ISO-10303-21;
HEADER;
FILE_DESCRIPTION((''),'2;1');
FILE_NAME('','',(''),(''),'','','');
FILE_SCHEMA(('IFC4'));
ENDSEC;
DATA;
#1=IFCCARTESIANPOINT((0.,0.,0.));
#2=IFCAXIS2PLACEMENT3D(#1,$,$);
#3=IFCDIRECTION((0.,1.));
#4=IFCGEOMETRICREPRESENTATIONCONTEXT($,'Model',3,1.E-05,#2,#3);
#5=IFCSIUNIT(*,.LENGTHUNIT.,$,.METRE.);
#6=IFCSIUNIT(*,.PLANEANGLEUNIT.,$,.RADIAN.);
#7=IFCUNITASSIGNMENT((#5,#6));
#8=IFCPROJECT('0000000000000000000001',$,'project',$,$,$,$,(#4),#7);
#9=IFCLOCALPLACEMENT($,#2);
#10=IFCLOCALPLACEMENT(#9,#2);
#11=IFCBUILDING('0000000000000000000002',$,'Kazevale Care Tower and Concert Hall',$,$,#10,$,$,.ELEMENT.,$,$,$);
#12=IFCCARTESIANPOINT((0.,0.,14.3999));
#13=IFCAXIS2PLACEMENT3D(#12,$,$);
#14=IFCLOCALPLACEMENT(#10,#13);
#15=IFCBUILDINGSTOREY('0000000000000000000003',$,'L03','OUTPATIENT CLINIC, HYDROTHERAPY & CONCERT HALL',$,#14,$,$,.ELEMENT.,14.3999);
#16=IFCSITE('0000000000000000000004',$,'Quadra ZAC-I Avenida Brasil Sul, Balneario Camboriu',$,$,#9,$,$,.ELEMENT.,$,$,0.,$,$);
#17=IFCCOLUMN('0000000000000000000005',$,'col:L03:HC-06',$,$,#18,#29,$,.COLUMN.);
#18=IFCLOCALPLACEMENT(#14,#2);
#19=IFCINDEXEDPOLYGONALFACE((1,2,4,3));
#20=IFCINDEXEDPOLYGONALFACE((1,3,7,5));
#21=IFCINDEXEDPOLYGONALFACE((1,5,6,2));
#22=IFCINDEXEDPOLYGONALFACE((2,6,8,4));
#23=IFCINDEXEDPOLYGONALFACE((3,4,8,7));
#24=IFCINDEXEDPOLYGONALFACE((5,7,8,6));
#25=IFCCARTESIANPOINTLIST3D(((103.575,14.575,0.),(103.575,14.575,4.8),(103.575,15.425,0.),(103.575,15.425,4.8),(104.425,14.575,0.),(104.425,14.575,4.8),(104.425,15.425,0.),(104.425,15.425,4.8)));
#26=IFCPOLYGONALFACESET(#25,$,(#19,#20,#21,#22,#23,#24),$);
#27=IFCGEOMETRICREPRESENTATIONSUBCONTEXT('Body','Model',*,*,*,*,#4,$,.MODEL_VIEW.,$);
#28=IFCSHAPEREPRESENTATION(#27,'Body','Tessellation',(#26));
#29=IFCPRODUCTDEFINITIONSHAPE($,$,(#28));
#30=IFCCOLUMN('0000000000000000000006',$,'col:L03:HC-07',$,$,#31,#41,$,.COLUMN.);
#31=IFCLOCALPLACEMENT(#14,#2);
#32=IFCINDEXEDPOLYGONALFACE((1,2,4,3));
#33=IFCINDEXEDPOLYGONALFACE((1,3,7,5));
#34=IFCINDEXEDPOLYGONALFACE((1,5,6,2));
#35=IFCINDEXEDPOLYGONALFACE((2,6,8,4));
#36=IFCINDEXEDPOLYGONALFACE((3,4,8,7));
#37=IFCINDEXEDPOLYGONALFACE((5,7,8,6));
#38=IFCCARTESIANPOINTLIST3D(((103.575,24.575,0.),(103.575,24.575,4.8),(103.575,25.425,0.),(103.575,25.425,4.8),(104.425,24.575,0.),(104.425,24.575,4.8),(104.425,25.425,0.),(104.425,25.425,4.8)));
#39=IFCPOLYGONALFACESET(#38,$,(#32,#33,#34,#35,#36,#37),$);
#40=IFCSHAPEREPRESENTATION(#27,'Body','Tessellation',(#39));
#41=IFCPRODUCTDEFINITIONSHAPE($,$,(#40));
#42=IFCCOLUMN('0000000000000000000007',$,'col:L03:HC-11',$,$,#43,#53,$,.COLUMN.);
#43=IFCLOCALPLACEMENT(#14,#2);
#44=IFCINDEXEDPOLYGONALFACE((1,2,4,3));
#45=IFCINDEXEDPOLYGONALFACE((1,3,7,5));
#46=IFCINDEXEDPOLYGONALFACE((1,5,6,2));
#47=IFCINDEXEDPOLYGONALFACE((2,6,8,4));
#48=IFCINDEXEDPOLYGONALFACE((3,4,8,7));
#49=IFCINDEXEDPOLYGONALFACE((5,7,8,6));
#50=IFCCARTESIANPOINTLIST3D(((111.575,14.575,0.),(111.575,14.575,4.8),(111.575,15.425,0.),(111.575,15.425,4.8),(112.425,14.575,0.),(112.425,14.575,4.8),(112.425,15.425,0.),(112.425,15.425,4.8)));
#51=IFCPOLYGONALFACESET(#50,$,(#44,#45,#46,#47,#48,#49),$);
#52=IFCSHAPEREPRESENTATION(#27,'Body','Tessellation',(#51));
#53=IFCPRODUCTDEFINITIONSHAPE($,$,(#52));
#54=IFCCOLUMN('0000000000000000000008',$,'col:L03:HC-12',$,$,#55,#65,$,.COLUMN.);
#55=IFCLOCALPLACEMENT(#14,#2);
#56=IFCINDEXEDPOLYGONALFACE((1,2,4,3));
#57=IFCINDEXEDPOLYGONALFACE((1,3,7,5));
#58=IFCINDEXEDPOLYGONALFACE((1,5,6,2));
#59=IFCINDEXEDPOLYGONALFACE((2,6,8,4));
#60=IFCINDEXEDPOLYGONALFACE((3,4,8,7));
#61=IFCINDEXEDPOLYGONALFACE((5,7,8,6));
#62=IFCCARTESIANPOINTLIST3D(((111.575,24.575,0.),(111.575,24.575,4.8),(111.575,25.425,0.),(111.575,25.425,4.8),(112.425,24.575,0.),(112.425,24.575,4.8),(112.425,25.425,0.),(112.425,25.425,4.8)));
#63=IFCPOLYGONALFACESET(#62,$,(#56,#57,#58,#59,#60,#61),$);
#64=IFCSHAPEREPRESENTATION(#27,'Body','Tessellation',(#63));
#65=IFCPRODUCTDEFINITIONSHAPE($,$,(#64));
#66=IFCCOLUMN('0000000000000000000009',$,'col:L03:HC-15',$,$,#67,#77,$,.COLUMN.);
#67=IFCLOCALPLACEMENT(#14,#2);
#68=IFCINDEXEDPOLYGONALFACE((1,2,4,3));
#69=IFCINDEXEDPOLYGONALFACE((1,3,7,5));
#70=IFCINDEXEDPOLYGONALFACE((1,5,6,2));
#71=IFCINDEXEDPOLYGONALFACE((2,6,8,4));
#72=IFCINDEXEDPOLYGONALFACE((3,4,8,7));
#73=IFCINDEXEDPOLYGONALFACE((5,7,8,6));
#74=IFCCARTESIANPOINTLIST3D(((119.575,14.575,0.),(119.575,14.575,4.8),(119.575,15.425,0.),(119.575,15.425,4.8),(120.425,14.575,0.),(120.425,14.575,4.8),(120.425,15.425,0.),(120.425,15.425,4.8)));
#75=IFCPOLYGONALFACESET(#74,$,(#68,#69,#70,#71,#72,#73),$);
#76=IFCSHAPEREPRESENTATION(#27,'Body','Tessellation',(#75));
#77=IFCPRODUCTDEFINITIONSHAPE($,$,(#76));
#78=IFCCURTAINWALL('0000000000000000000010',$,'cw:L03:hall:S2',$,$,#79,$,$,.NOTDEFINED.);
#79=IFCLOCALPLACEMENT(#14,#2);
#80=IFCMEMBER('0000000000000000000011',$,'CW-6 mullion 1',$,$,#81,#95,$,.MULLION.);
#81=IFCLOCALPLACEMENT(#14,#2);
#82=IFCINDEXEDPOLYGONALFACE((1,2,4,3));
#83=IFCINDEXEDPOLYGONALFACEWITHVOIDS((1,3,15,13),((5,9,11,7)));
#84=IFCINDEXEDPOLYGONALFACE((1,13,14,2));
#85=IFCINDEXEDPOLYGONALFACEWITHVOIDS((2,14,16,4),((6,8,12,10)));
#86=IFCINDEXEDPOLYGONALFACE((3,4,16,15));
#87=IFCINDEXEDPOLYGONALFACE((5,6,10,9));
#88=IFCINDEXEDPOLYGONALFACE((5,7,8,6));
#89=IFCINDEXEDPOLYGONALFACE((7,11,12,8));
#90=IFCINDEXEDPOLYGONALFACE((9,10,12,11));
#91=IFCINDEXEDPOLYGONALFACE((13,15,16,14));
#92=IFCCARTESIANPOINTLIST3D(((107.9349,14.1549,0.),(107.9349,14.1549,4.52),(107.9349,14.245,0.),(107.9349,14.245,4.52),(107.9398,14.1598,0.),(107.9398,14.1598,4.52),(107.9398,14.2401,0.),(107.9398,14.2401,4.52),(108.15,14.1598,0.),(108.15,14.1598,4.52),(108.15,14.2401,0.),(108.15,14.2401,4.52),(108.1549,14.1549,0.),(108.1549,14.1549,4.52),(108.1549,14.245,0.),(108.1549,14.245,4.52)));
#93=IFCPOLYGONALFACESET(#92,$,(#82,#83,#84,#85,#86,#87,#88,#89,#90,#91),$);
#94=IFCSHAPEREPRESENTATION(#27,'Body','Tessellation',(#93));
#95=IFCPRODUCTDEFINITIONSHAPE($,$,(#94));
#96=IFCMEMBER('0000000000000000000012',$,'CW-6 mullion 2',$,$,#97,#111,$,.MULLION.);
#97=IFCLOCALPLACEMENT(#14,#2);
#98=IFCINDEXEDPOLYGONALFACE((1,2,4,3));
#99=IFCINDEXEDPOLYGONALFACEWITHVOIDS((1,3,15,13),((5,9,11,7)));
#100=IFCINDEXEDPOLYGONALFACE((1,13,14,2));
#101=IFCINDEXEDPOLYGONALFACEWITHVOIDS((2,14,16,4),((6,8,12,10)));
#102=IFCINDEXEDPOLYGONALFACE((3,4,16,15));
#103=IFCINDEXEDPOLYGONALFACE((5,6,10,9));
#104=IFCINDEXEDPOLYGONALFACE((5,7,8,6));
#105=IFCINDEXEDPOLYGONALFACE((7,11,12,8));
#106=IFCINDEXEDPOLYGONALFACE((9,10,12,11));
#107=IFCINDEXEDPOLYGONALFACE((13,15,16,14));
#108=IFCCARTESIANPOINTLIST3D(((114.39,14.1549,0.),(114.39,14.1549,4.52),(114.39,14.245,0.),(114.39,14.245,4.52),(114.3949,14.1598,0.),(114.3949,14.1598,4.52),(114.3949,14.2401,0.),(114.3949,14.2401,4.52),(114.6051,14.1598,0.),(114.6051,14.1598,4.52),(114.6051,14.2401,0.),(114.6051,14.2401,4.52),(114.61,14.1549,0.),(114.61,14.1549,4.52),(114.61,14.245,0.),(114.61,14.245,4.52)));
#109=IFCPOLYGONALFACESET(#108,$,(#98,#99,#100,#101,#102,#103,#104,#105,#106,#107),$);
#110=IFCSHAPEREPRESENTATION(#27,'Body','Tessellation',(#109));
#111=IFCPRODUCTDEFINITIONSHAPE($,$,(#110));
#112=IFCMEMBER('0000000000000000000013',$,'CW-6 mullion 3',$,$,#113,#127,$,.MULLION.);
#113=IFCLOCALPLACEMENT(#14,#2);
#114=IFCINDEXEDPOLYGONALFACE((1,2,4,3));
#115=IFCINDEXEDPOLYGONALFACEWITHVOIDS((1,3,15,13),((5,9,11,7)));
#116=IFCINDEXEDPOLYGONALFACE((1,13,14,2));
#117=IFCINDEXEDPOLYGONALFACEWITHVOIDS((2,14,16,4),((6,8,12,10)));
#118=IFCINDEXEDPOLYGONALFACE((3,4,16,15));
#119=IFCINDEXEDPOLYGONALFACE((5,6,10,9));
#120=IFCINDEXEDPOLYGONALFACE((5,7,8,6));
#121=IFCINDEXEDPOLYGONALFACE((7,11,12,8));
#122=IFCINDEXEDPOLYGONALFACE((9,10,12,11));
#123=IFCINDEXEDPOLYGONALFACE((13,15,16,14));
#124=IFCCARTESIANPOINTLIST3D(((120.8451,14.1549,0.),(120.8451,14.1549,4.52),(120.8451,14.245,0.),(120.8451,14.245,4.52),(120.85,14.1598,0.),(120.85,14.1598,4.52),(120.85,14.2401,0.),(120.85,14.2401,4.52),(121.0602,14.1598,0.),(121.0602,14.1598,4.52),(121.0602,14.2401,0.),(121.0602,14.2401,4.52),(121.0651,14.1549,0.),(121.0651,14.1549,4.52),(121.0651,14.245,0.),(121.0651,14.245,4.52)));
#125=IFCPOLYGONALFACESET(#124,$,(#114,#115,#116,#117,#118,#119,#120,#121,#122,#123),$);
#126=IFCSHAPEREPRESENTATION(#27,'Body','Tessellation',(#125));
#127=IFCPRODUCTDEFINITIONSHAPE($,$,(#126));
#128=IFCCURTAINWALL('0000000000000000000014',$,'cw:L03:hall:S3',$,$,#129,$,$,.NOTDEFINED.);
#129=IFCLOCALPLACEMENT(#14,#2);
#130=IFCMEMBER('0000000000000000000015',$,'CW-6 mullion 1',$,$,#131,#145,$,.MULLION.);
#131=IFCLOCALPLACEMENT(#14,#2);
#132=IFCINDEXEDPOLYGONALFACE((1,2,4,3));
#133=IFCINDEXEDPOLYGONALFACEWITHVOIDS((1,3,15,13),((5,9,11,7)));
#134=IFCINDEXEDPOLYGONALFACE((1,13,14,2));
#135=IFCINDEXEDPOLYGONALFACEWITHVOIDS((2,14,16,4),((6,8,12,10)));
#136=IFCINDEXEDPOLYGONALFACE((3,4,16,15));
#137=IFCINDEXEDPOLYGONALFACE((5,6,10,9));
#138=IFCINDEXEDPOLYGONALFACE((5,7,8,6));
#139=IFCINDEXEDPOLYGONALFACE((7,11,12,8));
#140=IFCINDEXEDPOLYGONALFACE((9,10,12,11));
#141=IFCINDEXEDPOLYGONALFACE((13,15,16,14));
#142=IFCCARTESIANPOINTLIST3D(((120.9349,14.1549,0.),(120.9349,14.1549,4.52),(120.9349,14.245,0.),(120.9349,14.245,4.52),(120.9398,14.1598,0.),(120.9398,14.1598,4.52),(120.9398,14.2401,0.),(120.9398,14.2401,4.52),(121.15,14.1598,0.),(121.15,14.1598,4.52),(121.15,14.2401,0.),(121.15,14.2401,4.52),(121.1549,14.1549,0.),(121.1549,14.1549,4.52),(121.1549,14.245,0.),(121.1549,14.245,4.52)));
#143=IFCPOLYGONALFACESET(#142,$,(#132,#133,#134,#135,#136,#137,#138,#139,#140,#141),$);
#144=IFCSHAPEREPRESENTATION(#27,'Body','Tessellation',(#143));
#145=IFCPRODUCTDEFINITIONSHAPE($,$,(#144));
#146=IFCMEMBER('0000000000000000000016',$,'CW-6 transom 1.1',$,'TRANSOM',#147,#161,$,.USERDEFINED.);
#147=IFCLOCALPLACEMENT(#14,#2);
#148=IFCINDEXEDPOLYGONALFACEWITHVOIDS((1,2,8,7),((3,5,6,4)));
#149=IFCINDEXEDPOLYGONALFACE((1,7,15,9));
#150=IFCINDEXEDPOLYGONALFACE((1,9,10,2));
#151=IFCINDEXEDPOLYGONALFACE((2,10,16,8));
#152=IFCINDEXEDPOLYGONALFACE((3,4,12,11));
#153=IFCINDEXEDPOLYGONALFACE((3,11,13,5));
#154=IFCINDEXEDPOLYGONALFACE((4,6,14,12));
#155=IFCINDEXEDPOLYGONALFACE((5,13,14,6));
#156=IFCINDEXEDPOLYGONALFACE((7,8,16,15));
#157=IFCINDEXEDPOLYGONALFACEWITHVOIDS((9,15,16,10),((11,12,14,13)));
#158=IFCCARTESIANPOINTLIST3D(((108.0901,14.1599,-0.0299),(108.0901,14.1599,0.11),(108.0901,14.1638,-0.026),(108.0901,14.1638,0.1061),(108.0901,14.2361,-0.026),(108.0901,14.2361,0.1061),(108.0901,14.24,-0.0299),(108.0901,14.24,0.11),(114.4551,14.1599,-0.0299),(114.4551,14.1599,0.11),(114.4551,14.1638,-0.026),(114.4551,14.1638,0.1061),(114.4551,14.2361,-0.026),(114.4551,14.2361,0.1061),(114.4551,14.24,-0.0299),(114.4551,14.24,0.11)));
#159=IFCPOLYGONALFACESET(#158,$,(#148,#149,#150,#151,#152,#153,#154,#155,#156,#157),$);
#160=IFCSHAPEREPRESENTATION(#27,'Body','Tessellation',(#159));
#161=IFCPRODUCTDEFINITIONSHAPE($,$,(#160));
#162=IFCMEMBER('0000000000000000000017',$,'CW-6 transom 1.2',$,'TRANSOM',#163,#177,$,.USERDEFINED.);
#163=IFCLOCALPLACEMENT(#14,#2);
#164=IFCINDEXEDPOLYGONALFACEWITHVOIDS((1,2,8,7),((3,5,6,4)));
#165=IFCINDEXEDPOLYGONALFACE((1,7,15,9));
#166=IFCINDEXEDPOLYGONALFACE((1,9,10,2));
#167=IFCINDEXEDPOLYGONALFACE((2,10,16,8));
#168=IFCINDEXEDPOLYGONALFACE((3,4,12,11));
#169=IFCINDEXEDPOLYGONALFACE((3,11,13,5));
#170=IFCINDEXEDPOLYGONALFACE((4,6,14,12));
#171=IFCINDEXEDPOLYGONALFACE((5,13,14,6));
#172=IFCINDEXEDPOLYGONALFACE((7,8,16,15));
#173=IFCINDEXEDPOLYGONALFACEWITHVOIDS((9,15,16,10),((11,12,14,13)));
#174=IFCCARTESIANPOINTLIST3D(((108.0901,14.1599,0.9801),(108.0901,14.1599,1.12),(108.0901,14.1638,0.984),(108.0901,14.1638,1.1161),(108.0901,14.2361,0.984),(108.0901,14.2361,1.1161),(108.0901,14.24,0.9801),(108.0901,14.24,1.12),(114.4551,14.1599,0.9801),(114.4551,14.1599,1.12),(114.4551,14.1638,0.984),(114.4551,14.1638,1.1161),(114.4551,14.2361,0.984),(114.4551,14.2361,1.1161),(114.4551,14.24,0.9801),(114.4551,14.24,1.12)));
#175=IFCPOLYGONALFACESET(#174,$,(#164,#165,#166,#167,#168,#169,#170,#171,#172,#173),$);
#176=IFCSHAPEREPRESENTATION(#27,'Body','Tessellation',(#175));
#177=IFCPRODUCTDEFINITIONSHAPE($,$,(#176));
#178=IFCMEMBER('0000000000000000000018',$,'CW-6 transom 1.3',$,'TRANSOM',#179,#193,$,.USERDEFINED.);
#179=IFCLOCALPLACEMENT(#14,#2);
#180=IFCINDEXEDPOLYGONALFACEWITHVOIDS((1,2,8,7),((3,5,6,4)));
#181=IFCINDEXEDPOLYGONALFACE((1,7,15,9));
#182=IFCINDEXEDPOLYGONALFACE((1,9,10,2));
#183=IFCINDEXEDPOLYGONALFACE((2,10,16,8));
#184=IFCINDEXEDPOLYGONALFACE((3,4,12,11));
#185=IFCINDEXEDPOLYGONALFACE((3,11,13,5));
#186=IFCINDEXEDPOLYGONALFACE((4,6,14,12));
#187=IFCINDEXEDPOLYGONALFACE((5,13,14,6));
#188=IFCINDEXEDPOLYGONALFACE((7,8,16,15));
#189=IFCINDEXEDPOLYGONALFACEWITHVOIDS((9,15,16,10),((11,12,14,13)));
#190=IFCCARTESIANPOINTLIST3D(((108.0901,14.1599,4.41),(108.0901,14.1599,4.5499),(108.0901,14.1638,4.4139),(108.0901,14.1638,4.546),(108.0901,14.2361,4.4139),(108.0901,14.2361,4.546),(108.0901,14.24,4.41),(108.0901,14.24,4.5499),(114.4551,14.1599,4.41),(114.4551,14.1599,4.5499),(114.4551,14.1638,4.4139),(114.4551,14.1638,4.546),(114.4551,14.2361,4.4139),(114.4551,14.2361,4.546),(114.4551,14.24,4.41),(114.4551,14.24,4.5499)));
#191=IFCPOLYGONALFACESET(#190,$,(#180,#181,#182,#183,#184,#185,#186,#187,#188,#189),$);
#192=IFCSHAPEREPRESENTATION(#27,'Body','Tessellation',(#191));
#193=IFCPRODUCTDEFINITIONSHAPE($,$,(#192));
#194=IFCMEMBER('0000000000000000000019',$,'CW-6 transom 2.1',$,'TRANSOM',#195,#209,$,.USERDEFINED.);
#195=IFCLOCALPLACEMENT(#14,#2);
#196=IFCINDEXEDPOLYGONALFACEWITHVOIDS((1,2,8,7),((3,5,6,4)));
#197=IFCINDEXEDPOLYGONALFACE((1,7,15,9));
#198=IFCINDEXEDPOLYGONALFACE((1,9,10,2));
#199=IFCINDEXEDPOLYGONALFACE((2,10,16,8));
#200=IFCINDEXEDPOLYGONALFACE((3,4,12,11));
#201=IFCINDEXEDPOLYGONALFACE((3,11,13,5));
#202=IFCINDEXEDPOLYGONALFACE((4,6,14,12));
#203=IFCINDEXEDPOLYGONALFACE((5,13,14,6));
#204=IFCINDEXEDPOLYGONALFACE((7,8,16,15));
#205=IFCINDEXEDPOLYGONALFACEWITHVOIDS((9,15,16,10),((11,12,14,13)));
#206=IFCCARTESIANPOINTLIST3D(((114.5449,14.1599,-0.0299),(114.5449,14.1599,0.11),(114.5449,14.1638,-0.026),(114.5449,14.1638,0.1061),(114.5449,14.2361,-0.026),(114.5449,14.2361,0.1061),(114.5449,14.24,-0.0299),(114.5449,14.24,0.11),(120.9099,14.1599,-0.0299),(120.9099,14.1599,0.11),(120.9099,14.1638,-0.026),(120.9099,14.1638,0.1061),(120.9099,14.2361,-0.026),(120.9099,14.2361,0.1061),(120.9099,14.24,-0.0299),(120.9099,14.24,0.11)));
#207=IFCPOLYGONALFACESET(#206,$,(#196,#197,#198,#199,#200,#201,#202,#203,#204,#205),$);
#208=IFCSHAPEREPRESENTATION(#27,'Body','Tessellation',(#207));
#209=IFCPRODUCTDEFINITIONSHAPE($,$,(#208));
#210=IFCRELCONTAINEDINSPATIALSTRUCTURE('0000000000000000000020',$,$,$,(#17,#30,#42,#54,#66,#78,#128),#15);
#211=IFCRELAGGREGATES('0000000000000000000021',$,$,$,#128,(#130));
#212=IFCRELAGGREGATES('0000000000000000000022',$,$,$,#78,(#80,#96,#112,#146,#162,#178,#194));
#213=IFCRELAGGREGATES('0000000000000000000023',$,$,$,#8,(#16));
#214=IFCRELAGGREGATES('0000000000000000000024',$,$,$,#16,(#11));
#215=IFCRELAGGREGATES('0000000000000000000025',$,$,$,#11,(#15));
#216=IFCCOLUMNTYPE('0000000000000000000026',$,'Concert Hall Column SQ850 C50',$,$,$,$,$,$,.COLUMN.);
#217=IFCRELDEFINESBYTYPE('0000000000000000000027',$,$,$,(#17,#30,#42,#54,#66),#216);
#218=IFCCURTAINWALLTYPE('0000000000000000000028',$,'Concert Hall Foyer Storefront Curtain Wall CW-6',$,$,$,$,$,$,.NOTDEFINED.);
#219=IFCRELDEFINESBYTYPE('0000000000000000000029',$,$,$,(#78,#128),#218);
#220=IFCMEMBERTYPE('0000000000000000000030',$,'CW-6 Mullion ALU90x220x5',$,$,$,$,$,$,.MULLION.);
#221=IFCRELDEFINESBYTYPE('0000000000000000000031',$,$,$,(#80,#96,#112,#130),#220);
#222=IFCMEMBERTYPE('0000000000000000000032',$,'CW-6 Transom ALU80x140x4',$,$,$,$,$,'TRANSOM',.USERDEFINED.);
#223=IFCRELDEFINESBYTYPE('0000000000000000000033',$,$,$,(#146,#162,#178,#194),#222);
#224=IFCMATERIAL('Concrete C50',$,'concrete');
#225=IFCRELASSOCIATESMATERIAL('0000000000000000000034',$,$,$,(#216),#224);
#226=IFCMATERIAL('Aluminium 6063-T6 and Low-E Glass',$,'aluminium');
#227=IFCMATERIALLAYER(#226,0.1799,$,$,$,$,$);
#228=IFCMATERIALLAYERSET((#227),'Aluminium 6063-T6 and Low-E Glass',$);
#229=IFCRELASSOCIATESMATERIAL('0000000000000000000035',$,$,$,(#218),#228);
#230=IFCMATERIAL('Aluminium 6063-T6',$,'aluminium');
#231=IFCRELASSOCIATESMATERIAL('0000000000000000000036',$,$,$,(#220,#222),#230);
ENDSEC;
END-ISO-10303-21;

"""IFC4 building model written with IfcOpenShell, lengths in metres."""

from ifc_helpers import new_model, si_unit, direction, frame, origin, origin_2d, place, context, subcontext, project, spatial, rectangle, hollow_rectangle, extrude, material, layer, layer_set, material_profile, profile_set, type_object, element, aggregate, save


model = new_model("IFC4")

# Units and contexts
model_context = context("Model", 3, precision=1e-05, world=origin(), true_north=direction((0.0, 1.0)))
body_context = subcontext(model_context, "Body", "Model", "MODEL_VIEW")
ifc_project = project(units=[si_unit("LENGTHUNIT", "METRE"), si_unit("PLANEANGLEUNIT", "RADIAN")], contexts=[model_context])

# Site, building, storey
site_placement = place(None, origin())
site = spatial("IfcSite", under=ifc_project, at=site_placement, Name="Quadra ZAC-I Avenida Brasil Sul, Balneario Camboriu", CompositionType="ELEMENT", RefElevation=0.0)
building_placement = place(site_placement, origin())
building = spatial("IfcBuilding", under=site, at=building_placement, Name="Kazevale Care Tower and Concert Hall", CompositionType="ELEMENT")
storey_placement = place(building_placement, frame((0.0, 0.0, 14.3999)))
storey = spatial("IfcBuildingStorey", under=building, at=storey_placement, Name="L03", Description="OUTPATIENT CLINIC, HYDROTHERAPY & CONCERT HALL", CompositionType="ELEMENT", Elevation=14.3999)

# Columns
ifc_material_1 = material(Name="Concrete C50", Category="concrete")
ifc_material_profile_1 = material_profile(ifc_material_1, rectangle(XDim=0.8501, YDim=0.8501, at=origin_2d()), Name="RC-SQ850")
ifc_profile_set_1 = profile_set([ifc_material_profile_1], Name="Concrete C50")
column_type = type_object("IfcColumnType", Name="Concert Hall Column SQ850 C50", PredefinedType="COLUMN", material=ifc_profile_set_1)
for number, where, z_axis, x_axis, name in (
    (1, (104.0, 15.0, 0.0), (0.0, 0.0, 1.0), (1.0, 0.0, 0.0), "col:L03:HC-06"),
    (2, (104.0, 25.0, 0.0), (0.0, 0.0, 1.0), (1.0, 0.0, 0.0), "col:L03:HC-07"),
    (3, (112.0, 15.0, 0.0), (0.0, 0.0, 1.0), (1.0, 0.0, 0.0), "col:L03:HC-11"),
    (4, (112.0, 25.0, 0.0), (0.0, 0.0, 1.0), (1.0, 0.0, 0.0), "col:L03:HC-12"),
    (5, (120.0, 15.0, 0.0), (0.0, 0.0, 1.0), (1.0, 0.0, 0.0), "col:L03:HC-15"),
):
    element("IfcColumn", number, at=place(storey_placement, frame(where, z_axis=z_axis, x_axis=x_axis)), inside=storey, type_object=column_type, Name=name, PredefinedType="COLUMN", context=body_context, shape_type="SweptSolid", body=[
        extrude(rectangle(XDim=0.8501, YDim=0.8501, at=origin_2d()), origin(), (0.0, 0.0, 1.0), 4.8),
    ])

# Curtain wall, members
ifc_material_2 = material(Name="Aluminium 6063-T6 and Low-E Glass", Category="aluminium")
ifc_layer_1 = layer(ifc_material_2, 0.1799)
ifc_layer_set_1 = layer_set([ifc_layer_1], Name="Aluminium 6063-T6 and Low-E Glass")
curtain_wall_type = type_object("IfcCurtainWallType", Name="Concert Hall Foyer Storefront Curtain Wall CW-6", PredefinedType="NOTDEFINED", material=ifc_layer_set_1)
curtain_wall_1_placement = place(storey_placement, origin())
curtain_wall_1 = element("IfcCurtainWall", 6, at=curtain_wall_1_placement, inside=storey, type_object=curtain_wall_type, Name="cw:L03:hall:S2", PredefinedType="NOTDEFINED")
ifc_material_3 = material(Name="Aluminium 6063-T6", Category="aluminium")
ifc_material_profile_2 = material_profile(ifc_material_3, hollow_rectangle(XDim=0.0901, YDim=0.22, WallThickness=0.0049, at=origin_2d()), Name="ALU90x220x5")
ifc_profile_set_2 = profile_set([ifc_material_profile_2], Name="Aluminium 6063-T6")
member_type_1 = type_object("IfcMemberType", Name="CW-6 Mullion ALU90x220x5", PredefinedType="MULLION", material=ifc_profile_set_2)
member_1_placement = place(storey_placement, frame((108.0449, 14.2, 0.0), z_axis=(0.0, 0.0, 1.0), x_axis=(0.0, 1.0, 0.0)))
member_1 = element("IfcMember", 7, at=member_1_placement, type_object=member_type_1, Name="CW-6 mullion 1", PredefinedType="MULLION", context=body_context, shape_type="SweptSolid", body=[
    extrude(hollow_rectangle(XDim=0.0901, YDim=0.22, WallThickness=0.0049, at=origin_2d()), origin(), (0.0, 0.0, 1.0), 4.52),
])
member_2_placement = place(storey_placement, frame((114.5, 14.2, 0.0), z_axis=(0.0, 0.0, 1.0), x_axis=(0.0, 1.0, 0.0)))
member_2 = element("IfcMember", 8, at=member_2_placement, type_object=member_type_1, Name="CW-6 mullion 2", PredefinedType="MULLION", context=body_context, shape_type="SweptSolid", body=[
    extrude(hollow_rectangle(XDim=0.0901, YDim=0.22, WallThickness=0.0049, at=origin_2d()), origin(), (0.0, 0.0, 1.0), 4.52),
])
member_3_placement = place(storey_placement, frame((120.9551, 14.2, 0.0), z_axis=(0.0, 0.0, 1.0), x_axis=(0.0, 1.0, 0.0)))
member_3 = element("IfcMember", 9, at=member_3_placement, type_object=member_type_1, Name="CW-6 mullion 3", PredefinedType="MULLION", context=body_context, shape_type="SweptSolid", body=[
    extrude(hollow_rectangle(XDim=0.0901, YDim=0.22, WallThickness=0.0049, at=origin_2d()), origin(), (0.0, 0.0, 1.0), 4.52),
])

# Curtain wall, member
curtain_wall_2_placement = place(storey_placement, origin())
curtain_wall_2 = element("IfcCurtainWall", 10, at=curtain_wall_2_placement, inside=storey, type_object=curtain_wall_type, Name="cw:L03:hall:S3", PredefinedType="NOTDEFINED")
member_4_placement = place(storey_placement, frame((121.0449, 14.2, 0.0), z_axis=(0.0, 0.0, 1.0), x_axis=(0.0, 1.0, 0.0)))
member_4 = element("IfcMember", 11, at=member_4_placement, type_object=member_type_1, Name="CW-6 mullion 1", PredefinedType="MULLION", context=body_context, shape_type="SweptSolid", body=[
    extrude(hollow_rectangle(XDim=0.0901, YDim=0.22, WallThickness=0.0049, at=origin_2d()), origin(), (0.0, 0.0, 1.0), 4.52),
])
aggregate(curtain_wall_2, [member_4])

# Members
ifc_material_profile_3 = material_profile(ifc_material_3, hollow_rectangle(XDim=0.0801, YDim=0.1399, WallThickness=0.0039, at=origin_2d()), Name="ALU80x140x4")
ifc_profile_set_3 = profile_set([ifc_material_profile_3], Name="Aluminium 6063-T6")
member_type_2 = type_object("IfcMemberType", Name="CW-6 Transom ALU80x140x4", ElementType="TRANSOM", PredefinedType="USERDEFINED", material=ifc_profile_set_3)
member_5_placement = place(storey_placement, frame((108.0901, 14.2, 0.04), z_axis=(1.0, 0.0, 0.0), x_axis=(0.0, 1.0, 0.0)))
member_5 = element("IfcMember", 12, at=member_5_placement, type_object=member_type_2, Name="CW-6 transom 1.1", ObjectType="TRANSOM", PredefinedType="USERDEFINED", context=body_context, shape_type="SweptSolid", body=[
    extrude(hollow_rectangle(XDim=0.0801, YDim=0.1399, WallThickness=0.0039, at=origin_2d()), origin(), (0.0, 0.0, 1.0), 6.365),
])
member_6_placement = place(storey_placement, frame((108.0901, 14.2, 1.05), z_axis=(1.0, 0.0, 0.0), x_axis=(0.0, 1.0, 0.0)))
member_6 = element("IfcMember", 13, at=member_6_placement, type_object=member_type_2, Name="CW-6 transom 1.2", ObjectType="TRANSOM", PredefinedType="USERDEFINED", context=body_context, shape_type="SweptSolid", body=[
    extrude(hollow_rectangle(XDim=0.0801, YDim=0.1399, WallThickness=0.0039, at=origin_2d()), origin(), (0.0, 0.0, 1.0), 6.365),
])
member_7_placement = place(storey_placement, frame((108.0901, 14.2, 4.48), z_axis=(1.0, 0.0, 0.0), x_axis=(0.0, 1.0, 0.0)))
member_7 = element("IfcMember", 14, at=member_7_placement, type_object=member_type_2, Name="CW-6 transom 1.3", ObjectType="TRANSOM", PredefinedType="USERDEFINED", context=body_context, shape_type="SweptSolid", body=[
    extrude(hollow_rectangle(XDim=0.0801, YDim=0.1399, WallThickness=0.0039, at=origin_2d()), origin(), (0.0, 0.0, 1.0), 6.365),
])
member_8_placement = place(storey_placement, frame((114.5449, 14.2, 0.04), z_axis=(1.0, 0.0, 0.0), x_axis=(0.0, 1.0, 0.0)))
member_8 = element("IfcMember", 15, at=member_8_placement, type_object=member_type_2, Name="CW-6 transom 2.1", ObjectType="TRANSOM", PredefinedType="USERDEFINED", context=body_context, shape_type="SweptSolid", body=[
    extrude(hollow_rectangle(XDim=0.0801, YDim=0.1399, WallThickness=0.0039, at=origin_2d()), origin(), (0.0, 0.0, 1.0), 6.365),
])

aggregate(curtain_wall_1, [member_1, member_2, member_3, member_5, member_6, member_7, member_8])

save(model, "model.ifc")
